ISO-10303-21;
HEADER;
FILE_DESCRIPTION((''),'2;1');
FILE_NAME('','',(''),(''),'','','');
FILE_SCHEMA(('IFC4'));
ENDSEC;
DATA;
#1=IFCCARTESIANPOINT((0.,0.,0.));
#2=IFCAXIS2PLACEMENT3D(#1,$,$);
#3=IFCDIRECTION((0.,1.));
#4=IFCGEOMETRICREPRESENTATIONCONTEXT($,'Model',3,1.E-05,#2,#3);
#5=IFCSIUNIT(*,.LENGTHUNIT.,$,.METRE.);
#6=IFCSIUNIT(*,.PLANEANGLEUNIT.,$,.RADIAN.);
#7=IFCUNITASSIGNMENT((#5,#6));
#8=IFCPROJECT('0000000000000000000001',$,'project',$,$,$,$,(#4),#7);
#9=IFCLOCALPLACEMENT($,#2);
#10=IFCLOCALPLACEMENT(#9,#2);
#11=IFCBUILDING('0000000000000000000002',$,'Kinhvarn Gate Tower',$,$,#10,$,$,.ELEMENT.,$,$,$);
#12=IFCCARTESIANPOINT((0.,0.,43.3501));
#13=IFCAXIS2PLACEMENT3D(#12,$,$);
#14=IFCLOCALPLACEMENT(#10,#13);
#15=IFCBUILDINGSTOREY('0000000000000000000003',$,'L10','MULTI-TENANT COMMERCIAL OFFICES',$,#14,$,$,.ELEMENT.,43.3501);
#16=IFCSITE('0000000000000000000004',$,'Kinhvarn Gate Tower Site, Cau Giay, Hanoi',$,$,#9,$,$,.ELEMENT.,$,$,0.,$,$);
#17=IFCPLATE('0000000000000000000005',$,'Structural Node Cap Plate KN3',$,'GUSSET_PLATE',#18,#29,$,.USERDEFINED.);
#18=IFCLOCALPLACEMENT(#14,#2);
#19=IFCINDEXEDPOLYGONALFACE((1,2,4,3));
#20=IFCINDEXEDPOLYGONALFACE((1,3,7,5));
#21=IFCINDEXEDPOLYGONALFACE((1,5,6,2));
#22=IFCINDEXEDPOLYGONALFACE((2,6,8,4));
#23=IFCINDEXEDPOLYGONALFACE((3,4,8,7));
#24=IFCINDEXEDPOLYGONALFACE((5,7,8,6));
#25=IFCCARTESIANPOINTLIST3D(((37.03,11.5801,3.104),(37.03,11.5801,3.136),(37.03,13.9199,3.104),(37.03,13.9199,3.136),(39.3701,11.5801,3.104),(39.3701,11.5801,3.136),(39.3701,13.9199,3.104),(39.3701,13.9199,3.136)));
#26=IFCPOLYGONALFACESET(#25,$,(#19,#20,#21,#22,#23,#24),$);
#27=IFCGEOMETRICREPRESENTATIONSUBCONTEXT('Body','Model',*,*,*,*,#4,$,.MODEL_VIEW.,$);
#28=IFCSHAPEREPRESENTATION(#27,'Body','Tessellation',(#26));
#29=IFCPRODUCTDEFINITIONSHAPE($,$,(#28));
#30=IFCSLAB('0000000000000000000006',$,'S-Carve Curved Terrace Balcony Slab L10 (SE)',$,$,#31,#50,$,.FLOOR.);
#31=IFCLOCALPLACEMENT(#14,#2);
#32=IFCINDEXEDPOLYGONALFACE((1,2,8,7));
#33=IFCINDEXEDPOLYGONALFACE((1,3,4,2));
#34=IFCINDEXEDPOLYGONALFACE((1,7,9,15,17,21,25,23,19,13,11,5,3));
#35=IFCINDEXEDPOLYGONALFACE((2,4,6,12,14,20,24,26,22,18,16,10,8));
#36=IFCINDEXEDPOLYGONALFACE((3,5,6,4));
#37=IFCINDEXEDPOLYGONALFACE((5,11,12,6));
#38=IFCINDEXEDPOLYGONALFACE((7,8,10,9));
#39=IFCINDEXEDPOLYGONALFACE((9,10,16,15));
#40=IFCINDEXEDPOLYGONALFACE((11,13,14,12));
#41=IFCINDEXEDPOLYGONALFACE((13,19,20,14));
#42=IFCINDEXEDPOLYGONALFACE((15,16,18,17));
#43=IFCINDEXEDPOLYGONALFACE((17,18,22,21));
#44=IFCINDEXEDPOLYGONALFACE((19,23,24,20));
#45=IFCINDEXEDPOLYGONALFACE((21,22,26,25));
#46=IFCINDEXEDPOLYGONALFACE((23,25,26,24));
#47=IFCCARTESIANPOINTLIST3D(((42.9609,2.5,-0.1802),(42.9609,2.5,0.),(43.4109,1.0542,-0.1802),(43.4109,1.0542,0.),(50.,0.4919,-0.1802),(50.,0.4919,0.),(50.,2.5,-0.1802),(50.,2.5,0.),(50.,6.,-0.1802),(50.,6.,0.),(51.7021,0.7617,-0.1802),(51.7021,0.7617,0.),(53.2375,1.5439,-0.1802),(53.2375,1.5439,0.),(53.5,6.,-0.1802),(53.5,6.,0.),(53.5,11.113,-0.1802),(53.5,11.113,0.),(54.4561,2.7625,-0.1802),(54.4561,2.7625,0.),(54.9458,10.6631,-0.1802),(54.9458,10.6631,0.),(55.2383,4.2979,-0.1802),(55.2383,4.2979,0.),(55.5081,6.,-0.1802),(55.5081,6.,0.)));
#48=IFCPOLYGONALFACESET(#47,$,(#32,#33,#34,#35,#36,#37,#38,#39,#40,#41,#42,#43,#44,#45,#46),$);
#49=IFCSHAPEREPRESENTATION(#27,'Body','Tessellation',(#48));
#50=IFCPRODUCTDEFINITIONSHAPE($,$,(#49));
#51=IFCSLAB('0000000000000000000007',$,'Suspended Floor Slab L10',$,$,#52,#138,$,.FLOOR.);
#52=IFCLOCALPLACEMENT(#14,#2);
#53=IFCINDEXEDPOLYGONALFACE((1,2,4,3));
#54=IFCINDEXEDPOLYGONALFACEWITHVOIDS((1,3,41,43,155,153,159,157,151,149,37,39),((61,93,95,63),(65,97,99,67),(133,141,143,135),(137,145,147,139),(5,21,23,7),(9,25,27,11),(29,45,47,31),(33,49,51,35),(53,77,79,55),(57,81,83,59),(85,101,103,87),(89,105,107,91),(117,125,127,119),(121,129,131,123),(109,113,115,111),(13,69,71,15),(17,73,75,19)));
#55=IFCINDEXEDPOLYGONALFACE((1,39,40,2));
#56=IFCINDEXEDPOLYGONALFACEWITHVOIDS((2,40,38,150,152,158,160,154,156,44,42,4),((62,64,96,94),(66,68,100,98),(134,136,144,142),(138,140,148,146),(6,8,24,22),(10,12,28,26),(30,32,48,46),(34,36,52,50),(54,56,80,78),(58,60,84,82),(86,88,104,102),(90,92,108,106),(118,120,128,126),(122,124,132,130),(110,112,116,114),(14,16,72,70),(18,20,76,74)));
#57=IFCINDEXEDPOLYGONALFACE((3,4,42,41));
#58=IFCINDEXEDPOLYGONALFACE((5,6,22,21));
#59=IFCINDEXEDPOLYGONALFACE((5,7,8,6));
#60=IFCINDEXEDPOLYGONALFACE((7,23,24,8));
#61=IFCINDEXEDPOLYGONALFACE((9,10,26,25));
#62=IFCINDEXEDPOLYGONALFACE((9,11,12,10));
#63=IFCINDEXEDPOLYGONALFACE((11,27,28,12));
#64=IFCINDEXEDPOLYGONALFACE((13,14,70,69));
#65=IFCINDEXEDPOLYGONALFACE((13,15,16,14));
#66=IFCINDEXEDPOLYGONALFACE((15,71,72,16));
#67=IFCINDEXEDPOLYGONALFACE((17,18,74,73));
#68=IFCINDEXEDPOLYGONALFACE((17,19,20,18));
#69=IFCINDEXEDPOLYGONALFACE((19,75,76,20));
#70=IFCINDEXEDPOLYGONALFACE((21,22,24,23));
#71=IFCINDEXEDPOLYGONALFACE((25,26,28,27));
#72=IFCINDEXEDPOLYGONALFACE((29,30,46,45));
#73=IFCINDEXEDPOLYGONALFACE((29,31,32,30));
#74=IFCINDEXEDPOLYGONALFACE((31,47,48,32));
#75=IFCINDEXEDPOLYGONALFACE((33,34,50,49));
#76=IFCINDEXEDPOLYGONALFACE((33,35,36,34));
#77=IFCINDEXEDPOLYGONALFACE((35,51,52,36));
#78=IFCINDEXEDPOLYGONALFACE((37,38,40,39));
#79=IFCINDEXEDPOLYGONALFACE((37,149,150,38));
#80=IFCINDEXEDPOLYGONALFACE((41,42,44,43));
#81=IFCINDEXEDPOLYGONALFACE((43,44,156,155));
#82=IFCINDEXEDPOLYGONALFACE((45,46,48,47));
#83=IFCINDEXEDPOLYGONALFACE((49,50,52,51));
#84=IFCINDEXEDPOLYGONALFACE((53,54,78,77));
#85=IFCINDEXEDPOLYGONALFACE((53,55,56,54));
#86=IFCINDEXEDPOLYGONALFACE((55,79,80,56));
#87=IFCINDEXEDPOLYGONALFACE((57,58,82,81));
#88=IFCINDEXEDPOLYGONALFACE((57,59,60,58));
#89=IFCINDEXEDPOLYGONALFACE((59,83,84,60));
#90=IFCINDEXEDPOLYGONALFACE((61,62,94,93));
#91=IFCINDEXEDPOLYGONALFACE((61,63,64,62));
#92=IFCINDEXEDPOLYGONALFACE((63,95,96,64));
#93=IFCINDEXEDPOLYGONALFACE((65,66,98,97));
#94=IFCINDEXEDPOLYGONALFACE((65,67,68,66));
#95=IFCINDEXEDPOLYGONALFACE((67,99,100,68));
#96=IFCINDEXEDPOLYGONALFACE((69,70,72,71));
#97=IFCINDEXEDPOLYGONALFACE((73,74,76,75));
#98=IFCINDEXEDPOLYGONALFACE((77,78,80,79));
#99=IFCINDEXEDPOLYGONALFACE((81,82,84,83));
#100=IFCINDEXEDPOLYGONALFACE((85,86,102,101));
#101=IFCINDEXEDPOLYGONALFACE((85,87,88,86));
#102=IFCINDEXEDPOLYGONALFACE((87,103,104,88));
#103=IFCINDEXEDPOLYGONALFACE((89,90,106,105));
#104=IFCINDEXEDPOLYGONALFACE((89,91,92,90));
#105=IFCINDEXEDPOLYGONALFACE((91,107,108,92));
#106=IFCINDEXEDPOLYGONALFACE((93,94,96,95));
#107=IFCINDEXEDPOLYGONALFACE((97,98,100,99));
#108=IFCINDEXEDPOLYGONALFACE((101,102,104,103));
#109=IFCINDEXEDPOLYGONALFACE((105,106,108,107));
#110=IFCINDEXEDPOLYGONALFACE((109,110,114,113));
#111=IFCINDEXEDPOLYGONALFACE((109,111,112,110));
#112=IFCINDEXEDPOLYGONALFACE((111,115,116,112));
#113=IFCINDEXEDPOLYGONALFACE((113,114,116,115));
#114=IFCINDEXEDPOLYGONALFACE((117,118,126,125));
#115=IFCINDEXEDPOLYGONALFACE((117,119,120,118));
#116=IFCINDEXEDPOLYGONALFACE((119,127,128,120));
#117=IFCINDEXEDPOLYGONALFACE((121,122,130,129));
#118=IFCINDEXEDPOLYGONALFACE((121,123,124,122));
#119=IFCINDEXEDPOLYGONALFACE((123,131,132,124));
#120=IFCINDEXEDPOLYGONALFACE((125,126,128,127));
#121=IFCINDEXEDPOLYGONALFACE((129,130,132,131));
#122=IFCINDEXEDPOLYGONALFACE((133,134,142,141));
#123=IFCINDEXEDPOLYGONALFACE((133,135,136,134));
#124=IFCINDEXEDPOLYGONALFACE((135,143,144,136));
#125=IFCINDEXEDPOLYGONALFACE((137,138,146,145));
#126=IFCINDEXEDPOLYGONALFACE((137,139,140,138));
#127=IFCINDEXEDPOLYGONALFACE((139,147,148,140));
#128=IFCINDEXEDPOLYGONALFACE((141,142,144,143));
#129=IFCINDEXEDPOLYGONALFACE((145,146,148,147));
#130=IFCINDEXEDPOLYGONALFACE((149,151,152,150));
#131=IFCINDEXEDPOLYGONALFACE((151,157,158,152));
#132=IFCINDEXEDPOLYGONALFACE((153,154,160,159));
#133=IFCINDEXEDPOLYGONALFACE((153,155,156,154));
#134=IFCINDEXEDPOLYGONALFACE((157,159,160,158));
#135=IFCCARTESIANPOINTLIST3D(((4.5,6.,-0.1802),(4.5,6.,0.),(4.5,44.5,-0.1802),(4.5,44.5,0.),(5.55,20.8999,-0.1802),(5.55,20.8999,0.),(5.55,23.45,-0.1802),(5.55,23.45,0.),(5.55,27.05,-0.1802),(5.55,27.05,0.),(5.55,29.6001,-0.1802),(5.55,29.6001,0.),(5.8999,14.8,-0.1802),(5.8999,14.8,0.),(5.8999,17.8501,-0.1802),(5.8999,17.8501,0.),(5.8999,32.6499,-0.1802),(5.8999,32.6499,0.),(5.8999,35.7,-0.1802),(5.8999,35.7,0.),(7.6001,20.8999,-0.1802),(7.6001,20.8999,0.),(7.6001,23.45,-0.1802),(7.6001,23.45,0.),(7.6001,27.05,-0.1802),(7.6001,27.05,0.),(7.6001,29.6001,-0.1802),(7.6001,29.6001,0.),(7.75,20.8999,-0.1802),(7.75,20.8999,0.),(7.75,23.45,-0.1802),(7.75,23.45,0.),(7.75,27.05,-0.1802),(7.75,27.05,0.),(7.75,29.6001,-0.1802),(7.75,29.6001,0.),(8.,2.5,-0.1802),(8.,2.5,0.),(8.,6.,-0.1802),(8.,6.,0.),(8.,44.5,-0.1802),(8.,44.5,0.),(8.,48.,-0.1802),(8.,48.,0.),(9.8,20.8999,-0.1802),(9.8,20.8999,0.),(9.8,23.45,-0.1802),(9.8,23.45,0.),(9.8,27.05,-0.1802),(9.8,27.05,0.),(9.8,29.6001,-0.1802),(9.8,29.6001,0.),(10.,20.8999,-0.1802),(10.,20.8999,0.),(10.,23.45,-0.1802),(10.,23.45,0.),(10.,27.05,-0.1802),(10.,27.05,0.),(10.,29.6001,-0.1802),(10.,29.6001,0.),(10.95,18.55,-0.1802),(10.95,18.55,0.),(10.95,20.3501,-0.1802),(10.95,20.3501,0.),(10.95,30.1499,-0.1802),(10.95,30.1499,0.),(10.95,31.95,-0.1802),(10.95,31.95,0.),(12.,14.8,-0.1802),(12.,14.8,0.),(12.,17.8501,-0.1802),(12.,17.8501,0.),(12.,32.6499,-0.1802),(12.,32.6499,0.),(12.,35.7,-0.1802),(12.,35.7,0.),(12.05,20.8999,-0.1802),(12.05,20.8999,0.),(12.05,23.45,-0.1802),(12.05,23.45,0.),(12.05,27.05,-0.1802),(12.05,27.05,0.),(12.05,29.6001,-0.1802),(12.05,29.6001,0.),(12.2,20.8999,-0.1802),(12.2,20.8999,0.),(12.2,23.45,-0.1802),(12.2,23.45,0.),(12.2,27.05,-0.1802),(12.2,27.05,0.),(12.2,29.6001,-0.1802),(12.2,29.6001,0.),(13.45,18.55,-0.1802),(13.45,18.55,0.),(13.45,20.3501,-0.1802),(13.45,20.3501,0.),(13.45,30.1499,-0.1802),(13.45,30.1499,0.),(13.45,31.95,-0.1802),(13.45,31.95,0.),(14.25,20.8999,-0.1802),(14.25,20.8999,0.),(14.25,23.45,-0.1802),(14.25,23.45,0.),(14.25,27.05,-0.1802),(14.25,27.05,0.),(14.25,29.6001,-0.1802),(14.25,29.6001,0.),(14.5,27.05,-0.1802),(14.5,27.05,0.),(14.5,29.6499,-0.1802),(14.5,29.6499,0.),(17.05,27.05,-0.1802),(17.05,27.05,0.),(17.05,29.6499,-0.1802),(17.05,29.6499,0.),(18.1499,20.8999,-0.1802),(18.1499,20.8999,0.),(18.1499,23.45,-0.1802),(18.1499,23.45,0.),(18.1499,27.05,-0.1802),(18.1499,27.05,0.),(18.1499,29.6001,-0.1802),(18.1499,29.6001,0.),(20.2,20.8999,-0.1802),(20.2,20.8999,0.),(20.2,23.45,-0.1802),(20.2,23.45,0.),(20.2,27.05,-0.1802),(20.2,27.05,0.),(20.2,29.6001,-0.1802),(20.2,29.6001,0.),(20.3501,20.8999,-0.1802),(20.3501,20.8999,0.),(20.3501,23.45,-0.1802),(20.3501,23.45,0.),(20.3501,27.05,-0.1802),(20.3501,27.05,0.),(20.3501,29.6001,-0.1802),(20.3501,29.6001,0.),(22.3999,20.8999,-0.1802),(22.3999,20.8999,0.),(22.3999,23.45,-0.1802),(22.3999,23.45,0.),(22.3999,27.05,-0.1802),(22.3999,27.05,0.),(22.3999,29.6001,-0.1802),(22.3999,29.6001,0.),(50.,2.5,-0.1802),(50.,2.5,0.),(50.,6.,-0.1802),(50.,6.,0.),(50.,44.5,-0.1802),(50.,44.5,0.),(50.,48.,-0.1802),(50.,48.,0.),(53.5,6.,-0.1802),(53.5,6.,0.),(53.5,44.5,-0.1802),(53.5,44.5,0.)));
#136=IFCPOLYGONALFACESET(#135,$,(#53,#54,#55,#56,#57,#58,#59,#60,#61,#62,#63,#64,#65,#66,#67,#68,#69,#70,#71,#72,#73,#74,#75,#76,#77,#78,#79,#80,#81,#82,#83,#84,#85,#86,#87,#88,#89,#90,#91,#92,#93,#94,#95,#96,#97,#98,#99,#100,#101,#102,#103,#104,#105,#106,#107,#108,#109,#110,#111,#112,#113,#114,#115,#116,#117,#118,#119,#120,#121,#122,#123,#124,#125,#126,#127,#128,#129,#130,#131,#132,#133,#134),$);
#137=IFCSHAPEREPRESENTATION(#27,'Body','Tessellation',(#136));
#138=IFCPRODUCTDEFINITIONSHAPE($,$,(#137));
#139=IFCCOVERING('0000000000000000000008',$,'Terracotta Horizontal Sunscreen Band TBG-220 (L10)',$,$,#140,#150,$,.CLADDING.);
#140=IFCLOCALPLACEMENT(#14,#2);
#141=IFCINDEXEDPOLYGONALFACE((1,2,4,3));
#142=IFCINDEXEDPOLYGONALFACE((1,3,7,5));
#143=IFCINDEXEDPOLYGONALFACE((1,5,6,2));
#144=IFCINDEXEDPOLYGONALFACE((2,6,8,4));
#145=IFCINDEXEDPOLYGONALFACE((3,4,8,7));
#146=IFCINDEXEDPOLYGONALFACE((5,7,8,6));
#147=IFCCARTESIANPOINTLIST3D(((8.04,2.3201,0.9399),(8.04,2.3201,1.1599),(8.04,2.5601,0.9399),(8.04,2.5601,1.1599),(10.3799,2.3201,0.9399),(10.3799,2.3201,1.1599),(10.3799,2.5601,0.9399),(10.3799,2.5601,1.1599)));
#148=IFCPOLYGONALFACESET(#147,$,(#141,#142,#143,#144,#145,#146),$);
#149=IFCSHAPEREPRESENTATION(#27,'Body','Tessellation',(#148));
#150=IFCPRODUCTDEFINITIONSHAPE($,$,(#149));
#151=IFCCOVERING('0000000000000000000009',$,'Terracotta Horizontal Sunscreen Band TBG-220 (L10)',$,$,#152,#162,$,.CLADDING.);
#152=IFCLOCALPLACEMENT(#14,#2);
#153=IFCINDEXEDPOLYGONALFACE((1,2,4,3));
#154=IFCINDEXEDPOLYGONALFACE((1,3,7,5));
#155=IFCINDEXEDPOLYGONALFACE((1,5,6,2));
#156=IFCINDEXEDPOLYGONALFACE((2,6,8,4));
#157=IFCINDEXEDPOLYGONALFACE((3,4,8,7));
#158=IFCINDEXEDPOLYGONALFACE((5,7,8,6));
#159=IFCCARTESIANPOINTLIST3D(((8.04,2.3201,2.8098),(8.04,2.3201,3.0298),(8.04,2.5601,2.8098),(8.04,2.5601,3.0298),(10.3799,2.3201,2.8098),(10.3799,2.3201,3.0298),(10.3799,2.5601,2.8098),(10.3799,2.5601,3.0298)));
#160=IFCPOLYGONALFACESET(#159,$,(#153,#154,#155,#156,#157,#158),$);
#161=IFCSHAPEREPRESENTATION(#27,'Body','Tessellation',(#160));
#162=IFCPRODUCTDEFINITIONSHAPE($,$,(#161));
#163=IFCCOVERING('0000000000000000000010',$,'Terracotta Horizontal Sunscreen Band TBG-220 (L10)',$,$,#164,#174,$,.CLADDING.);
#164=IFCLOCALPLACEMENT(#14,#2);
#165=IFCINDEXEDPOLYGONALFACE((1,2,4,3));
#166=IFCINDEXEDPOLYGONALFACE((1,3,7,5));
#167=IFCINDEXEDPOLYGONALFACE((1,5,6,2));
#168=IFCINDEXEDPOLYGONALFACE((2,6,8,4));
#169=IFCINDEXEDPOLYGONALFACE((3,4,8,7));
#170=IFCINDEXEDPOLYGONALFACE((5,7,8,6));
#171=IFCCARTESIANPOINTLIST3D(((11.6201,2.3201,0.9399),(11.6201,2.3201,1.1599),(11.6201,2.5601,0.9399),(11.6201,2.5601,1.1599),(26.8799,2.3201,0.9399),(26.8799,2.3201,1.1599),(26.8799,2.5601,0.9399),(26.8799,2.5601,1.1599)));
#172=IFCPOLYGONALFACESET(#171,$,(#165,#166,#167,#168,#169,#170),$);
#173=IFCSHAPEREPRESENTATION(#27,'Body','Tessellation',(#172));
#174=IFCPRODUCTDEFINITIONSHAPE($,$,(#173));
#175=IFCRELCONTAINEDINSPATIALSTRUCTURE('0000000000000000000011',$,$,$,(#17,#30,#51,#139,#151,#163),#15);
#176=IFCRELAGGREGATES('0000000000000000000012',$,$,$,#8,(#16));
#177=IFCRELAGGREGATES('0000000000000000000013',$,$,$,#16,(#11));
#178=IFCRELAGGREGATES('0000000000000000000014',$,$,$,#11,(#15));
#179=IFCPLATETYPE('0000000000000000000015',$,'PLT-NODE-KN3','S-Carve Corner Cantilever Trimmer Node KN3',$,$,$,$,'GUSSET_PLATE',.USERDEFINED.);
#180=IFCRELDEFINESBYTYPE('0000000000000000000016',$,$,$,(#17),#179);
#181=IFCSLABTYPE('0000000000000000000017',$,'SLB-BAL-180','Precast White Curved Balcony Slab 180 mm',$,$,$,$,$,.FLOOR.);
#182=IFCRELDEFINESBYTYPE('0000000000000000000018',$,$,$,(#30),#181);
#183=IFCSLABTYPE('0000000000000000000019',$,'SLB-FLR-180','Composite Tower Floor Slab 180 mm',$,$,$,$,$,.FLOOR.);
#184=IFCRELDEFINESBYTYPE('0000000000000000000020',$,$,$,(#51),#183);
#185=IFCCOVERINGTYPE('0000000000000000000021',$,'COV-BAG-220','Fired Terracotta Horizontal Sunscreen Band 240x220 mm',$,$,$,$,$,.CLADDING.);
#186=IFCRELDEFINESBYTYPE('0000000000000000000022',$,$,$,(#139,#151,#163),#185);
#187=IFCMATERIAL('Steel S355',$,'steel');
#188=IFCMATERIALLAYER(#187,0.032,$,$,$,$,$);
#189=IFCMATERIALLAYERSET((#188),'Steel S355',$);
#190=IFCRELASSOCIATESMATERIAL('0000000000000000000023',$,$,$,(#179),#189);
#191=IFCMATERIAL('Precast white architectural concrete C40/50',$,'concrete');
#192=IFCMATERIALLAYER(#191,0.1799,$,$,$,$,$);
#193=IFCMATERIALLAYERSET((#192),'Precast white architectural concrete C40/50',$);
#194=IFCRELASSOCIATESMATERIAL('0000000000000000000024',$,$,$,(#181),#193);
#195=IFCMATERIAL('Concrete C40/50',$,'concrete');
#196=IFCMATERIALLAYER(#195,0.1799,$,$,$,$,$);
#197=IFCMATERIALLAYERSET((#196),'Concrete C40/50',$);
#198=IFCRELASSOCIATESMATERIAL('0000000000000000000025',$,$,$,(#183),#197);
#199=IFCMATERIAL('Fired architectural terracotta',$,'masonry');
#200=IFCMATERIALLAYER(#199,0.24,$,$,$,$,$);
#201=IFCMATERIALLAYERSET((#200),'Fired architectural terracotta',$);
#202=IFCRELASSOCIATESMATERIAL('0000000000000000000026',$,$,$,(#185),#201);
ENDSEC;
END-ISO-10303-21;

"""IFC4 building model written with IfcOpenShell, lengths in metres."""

from ifc_helpers import new_model, si_unit, direction, frame, origin, place, context, subcontext, project, spatial, polyline, outline, extrude, material, layer, layer_set, type_object, element, save


model = new_model("IFC4")

# Units and contexts
model_context = context("Model", 3, precision=1e-05, world=origin(), true_north=direction((0.0, 1.0)))
body_context = subcontext(model_context, "Body", "Model", "MODEL_VIEW")
ifc_project = project(units=[si_unit("LENGTHUNIT", "METRE"), si_unit("PLANEANGLEUNIT", "RADIAN")], contexts=[model_context])

# Site, building, storey
site_placement = place(None, origin())
site = spatial("IfcSite", under=ifc_project, at=site_placement, Name="Kinhvarn Gate Tower Site, Cau Giay, Hanoi", CompositionType="ELEMENT", RefElevation=0.0)
building_placement = place(site_placement, origin())
building = spatial("IfcBuilding", under=site, at=building_placement, Name="Kinhvarn Gate Tower", CompositionType="ELEMENT")
storey_placement = place(building_placement, frame((0.0, 0.0, 43.3501)))
storey = spatial("IfcBuildingStorey", under=building, at=storey_placement, Name="L10", Description="MULTI-TENANT COMMERCIAL OFFICES", CompositionType="ELEMENT", Elevation=43.3501)

# Plate
ifc_material_1 = material(Name="Steel S355", Category="steel")
ifc_layer_1 = layer(ifc_material_1, 0.032)
ifc_layer_set_1 = layer_set([ifc_layer_1], Name="Steel S355")
plate_type = type_object("IfcPlateType", Name="PLT-NODE-KN3", Description="S-Carve Corner Cantilever Trimmer Node KN3", ElementType="GUSSET_PLATE", PredefinedType="USERDEFINED", material=ifc_layer_set_1)
plate_placement = place(storey_placement, frame((0.0, 0.0, 3.104)))
element("IfcPlate", 1, at=plate_placement, inside=storey, type_object=plate_type, Name="Structural Node Cap Plate KN3", ObjectType="GUSSET_PLATE", PredefinedType="USERDEFINED", context=body_context, shape_type="SweptSolid", body=[
    extrude(outline(polyline([(37.03, 11.5801), (39.3701, 11.5801), (39.3701, 13.9199), (37.03, 13.9199), (37.03, 11.5801)])), origin(), (0.0, 0.0, 1.0), 0.032),
])

# Slabs
ifc_material_2 = material(Name="Precast white architectural concrete C40/50", Category="concrete")
ifc_layer_2 = layer(ifc_material_2, 0.1799)
ifc_layer_set_2 = layer_set([ifc_layer_2], Name="Precast white architectural concrete C40/50")
slab_type_1 = type_object("IfcSlabType", Name="SLB-BAL-180", Description="Precast White Curved Balcony Slab 180 mm", PredefinedType="FLOOR", material=ifc_layer_set_2)
slab_1_placement = place(storey_placement, frame((0.0, 0.0, -0.1802)))
element("IfcSlab", 2, at=slab_1_placement, inside=storey, type_object=slab_type_1, Name="S-Carve Curved Terrace Balcony Slab L10 (SE)", PredefinedType="FLOOR", context=body_context, shape_type="SweptSolid", body=[
    extrude(outline(polyline([(42.9609, 2.5), (43.4109, 1.0542), (50.0, 0.4919), (51.7021, 0.7617), (53.2375, 1.5439), (54.4561, 2.7625), (55.2383, 4.2979), (55.5081, 6.0), (54.9458, 10.6631), (53.5, 11.113), (53.5, 6.0), (50.0, 6.0), (50.0, 2.5), (42.9609, 2.5)])), origin(), (0.0, 0.0, 1.0), 0.1802),
])
ifc_material_3 = material(Name="Concrete C40/50", Category="concrete")
ifc_layer_3 = layer(ifc_material_3, 0.1799)
ifc_layer_set_3 = layer_set([ifc_layer_3], Name="Concrete C40/50")
slab_type_2 = type_object("IfcSlabType", Name="SLB-FLR-180", Description="Composite Tower Floor Slab 180 mm", PredefinedType="FLOOR", material=ifc_layer_set_3)
slab_2_placement = place(storey_placement, frame((0.0, 0.0, -0.1802)))
element("IfcSlab", 3, at=slab_2_placement, inside=storey, type_object=slab_type_2, Name="Suspended Floor Slab L10", PredefinedType="FLOOR", context=body_context, shape_type="SweptSolid", body=[
    extrude(outline(polyline([(8.0, 2.5), (50.0, 2.5), (50.0, 6.0), (53.5, 6.0), (53.5, 44.5), (50.0, 44.5), (50.0, 48.0), (8.0, 48.0), (8.0, 44.5), (4.5, 44.5), (4.5, 6.0), (8.0, 6.0), (8.0, 2.5)]), holes=[polyline([(5.8999, 14.8), (12.0, 14.8), (12.0, 17.8501), (5.8999, 17.8501), (5.8999, 14.8)]), polyline([(5.8999, 32.6499), (12.0, 32.6499), (12.0, 35.7), (5.8999, 35.7), (5.8999, 32.6499)]), polyline([(18.1499, 20.8999), (20.2, 20.8999), (20.2, 23.45), (18.1499, 23.45), (18.1499, 20.8999)]), polyline([(20.3501, 20.8999), (22.3999, 20.8999), (22.3999, 23.45), (20.3501, 23.45), (20.3501, 20.8999)]), polyline([(18.1499, 27.05), (20.2, 27.05), (20.2, 29.6001), (18.1499, 29.6001), (18.1499, 27.05)]), polyline([(20.3501, 27.05), (22.3999, 27.05), (22.3999, 29.6001), (20.3501, 29.6001), (20.3501, 27.05)]), polyline([(5.55, 20.8999), (7.6001, 20.8999), (7.6001, 23.45), (5.55, 23.45), (5.55, 20.8999)]), polyline([(7.75, 20.8999), (9.8, 20.8999), (9.8, 23.45), (7.75, 23.45), (7.75, 20.8999)]), polyline([(5.55, 27.05), (7.6001, 27.05), (7.6001, 29.6001), (5.55, 29.6001), (5.55, 27.05)]), polyline([(7.75, 27.05), (9.8, 27.05), (9.8, 29.6001), (7.75, 29.6001), (7.75, 27.05)]), polyline([(10.0, 20.8999), (12.05, 20.8999), (12.05, 23.45), (10.0, 23.45), (10.0, 20.8999)]), polyline([(12.2, 20.8999), (14.25, 20.8999), (14.25, 23.45), (12.2, 23.45), (12.2, 20.8999)]), polyline([(10.0, 27.05), (12.05, 27.05), (12.05, 29.6001), (10.0, 29.6001), (10.0, 27.05)]), polyline([(12.2, 27.05), (14.25, 27.05), (14.25, 29.6001), (12.2, 29.6001), (12.2, 27.05)]), polyline([(14.5, 27.05), (17.05, 27.05), (17.05, 29.6499), (14.5, 29.6499), (14.5, 27.05)]), polyline([(10.95, 18.55), (13.45, 18.55), (13.45, 20.3501), (10.95, 20.3501), (10.95, 18.55)]), polyline([(10.95, 30.1499), (13.45, 30.1499), (13.45, 31.95), (10.95, 31.95), (10.95, 30.1499)])]), origin(), (0.0, 0.0, 1.0), 0.1802),
])

# Coverings
ifc_material_4 = material(Name="Fired architectural terracotta", Category="masonry")
ifc_layer_4 = layer(ifc_material_4, 0.24)
ifc_layer_set_4 = layer_set([ifc_layer_4], Name="Fired architectural terracotta")
covering_type_1 = type_object("IfcCoveringType", Name="COV-BAG-220", Description="Fired Terracotta Horizontal Sunscreen Band 240x220 mm", PredefinedType="CLADDING", material=ifc_layer_set_4)
for number, where, name in (
    (4, (0.0, 0.0, 0.9399), "Terracotta Horizontal Sunscreen Band TBG-220 (L10)"),
    (5, (0.0, 0.0, 2.8098), "Terracotta Horizontal Sunscreen Band TBG-220 (L10)"),
):
    element("IfcCovering", number, at=place(storey_placement, frame(where)), inside=storey, type_object=covering_type_1, Name=name, PredefinedType="CLADDING", context=body_context, shape_type="SweptSolid", body=[
        extrude(outline(polyline([(8.04, 2.5601), (10.3799, 2.5601), (10.3799, 2.3201), (8.04, 2.3201), (8.04, 2.5601)])), origin(), (0.0, 0.0, 1.0), 0.22),
    ])
for number, where, name in (
    (6, (0.0, 0.0, 0.9399), "Terracotta Horizontal Sunscreen Band TBG-220 (L10)"),
):
    element("IfcCovering", number, at=place(storey_placement, frame(where)), inside=storey, type_object=covering_type_1, Name=name, PredefinedType="CLADDING", context=body_context, shape_type="SweptSolid", body=[
        extrude(outline(polyline([(11.6201, 2.5601), (26.8799, 2.5601), (26.8799, 2.3201), (11.6201, 2.3201), (11.6201, 2.5601)])), origin(), (0.0, 0.0, 1.0), 0.22),
    ])

save(model, "model.ifc")
